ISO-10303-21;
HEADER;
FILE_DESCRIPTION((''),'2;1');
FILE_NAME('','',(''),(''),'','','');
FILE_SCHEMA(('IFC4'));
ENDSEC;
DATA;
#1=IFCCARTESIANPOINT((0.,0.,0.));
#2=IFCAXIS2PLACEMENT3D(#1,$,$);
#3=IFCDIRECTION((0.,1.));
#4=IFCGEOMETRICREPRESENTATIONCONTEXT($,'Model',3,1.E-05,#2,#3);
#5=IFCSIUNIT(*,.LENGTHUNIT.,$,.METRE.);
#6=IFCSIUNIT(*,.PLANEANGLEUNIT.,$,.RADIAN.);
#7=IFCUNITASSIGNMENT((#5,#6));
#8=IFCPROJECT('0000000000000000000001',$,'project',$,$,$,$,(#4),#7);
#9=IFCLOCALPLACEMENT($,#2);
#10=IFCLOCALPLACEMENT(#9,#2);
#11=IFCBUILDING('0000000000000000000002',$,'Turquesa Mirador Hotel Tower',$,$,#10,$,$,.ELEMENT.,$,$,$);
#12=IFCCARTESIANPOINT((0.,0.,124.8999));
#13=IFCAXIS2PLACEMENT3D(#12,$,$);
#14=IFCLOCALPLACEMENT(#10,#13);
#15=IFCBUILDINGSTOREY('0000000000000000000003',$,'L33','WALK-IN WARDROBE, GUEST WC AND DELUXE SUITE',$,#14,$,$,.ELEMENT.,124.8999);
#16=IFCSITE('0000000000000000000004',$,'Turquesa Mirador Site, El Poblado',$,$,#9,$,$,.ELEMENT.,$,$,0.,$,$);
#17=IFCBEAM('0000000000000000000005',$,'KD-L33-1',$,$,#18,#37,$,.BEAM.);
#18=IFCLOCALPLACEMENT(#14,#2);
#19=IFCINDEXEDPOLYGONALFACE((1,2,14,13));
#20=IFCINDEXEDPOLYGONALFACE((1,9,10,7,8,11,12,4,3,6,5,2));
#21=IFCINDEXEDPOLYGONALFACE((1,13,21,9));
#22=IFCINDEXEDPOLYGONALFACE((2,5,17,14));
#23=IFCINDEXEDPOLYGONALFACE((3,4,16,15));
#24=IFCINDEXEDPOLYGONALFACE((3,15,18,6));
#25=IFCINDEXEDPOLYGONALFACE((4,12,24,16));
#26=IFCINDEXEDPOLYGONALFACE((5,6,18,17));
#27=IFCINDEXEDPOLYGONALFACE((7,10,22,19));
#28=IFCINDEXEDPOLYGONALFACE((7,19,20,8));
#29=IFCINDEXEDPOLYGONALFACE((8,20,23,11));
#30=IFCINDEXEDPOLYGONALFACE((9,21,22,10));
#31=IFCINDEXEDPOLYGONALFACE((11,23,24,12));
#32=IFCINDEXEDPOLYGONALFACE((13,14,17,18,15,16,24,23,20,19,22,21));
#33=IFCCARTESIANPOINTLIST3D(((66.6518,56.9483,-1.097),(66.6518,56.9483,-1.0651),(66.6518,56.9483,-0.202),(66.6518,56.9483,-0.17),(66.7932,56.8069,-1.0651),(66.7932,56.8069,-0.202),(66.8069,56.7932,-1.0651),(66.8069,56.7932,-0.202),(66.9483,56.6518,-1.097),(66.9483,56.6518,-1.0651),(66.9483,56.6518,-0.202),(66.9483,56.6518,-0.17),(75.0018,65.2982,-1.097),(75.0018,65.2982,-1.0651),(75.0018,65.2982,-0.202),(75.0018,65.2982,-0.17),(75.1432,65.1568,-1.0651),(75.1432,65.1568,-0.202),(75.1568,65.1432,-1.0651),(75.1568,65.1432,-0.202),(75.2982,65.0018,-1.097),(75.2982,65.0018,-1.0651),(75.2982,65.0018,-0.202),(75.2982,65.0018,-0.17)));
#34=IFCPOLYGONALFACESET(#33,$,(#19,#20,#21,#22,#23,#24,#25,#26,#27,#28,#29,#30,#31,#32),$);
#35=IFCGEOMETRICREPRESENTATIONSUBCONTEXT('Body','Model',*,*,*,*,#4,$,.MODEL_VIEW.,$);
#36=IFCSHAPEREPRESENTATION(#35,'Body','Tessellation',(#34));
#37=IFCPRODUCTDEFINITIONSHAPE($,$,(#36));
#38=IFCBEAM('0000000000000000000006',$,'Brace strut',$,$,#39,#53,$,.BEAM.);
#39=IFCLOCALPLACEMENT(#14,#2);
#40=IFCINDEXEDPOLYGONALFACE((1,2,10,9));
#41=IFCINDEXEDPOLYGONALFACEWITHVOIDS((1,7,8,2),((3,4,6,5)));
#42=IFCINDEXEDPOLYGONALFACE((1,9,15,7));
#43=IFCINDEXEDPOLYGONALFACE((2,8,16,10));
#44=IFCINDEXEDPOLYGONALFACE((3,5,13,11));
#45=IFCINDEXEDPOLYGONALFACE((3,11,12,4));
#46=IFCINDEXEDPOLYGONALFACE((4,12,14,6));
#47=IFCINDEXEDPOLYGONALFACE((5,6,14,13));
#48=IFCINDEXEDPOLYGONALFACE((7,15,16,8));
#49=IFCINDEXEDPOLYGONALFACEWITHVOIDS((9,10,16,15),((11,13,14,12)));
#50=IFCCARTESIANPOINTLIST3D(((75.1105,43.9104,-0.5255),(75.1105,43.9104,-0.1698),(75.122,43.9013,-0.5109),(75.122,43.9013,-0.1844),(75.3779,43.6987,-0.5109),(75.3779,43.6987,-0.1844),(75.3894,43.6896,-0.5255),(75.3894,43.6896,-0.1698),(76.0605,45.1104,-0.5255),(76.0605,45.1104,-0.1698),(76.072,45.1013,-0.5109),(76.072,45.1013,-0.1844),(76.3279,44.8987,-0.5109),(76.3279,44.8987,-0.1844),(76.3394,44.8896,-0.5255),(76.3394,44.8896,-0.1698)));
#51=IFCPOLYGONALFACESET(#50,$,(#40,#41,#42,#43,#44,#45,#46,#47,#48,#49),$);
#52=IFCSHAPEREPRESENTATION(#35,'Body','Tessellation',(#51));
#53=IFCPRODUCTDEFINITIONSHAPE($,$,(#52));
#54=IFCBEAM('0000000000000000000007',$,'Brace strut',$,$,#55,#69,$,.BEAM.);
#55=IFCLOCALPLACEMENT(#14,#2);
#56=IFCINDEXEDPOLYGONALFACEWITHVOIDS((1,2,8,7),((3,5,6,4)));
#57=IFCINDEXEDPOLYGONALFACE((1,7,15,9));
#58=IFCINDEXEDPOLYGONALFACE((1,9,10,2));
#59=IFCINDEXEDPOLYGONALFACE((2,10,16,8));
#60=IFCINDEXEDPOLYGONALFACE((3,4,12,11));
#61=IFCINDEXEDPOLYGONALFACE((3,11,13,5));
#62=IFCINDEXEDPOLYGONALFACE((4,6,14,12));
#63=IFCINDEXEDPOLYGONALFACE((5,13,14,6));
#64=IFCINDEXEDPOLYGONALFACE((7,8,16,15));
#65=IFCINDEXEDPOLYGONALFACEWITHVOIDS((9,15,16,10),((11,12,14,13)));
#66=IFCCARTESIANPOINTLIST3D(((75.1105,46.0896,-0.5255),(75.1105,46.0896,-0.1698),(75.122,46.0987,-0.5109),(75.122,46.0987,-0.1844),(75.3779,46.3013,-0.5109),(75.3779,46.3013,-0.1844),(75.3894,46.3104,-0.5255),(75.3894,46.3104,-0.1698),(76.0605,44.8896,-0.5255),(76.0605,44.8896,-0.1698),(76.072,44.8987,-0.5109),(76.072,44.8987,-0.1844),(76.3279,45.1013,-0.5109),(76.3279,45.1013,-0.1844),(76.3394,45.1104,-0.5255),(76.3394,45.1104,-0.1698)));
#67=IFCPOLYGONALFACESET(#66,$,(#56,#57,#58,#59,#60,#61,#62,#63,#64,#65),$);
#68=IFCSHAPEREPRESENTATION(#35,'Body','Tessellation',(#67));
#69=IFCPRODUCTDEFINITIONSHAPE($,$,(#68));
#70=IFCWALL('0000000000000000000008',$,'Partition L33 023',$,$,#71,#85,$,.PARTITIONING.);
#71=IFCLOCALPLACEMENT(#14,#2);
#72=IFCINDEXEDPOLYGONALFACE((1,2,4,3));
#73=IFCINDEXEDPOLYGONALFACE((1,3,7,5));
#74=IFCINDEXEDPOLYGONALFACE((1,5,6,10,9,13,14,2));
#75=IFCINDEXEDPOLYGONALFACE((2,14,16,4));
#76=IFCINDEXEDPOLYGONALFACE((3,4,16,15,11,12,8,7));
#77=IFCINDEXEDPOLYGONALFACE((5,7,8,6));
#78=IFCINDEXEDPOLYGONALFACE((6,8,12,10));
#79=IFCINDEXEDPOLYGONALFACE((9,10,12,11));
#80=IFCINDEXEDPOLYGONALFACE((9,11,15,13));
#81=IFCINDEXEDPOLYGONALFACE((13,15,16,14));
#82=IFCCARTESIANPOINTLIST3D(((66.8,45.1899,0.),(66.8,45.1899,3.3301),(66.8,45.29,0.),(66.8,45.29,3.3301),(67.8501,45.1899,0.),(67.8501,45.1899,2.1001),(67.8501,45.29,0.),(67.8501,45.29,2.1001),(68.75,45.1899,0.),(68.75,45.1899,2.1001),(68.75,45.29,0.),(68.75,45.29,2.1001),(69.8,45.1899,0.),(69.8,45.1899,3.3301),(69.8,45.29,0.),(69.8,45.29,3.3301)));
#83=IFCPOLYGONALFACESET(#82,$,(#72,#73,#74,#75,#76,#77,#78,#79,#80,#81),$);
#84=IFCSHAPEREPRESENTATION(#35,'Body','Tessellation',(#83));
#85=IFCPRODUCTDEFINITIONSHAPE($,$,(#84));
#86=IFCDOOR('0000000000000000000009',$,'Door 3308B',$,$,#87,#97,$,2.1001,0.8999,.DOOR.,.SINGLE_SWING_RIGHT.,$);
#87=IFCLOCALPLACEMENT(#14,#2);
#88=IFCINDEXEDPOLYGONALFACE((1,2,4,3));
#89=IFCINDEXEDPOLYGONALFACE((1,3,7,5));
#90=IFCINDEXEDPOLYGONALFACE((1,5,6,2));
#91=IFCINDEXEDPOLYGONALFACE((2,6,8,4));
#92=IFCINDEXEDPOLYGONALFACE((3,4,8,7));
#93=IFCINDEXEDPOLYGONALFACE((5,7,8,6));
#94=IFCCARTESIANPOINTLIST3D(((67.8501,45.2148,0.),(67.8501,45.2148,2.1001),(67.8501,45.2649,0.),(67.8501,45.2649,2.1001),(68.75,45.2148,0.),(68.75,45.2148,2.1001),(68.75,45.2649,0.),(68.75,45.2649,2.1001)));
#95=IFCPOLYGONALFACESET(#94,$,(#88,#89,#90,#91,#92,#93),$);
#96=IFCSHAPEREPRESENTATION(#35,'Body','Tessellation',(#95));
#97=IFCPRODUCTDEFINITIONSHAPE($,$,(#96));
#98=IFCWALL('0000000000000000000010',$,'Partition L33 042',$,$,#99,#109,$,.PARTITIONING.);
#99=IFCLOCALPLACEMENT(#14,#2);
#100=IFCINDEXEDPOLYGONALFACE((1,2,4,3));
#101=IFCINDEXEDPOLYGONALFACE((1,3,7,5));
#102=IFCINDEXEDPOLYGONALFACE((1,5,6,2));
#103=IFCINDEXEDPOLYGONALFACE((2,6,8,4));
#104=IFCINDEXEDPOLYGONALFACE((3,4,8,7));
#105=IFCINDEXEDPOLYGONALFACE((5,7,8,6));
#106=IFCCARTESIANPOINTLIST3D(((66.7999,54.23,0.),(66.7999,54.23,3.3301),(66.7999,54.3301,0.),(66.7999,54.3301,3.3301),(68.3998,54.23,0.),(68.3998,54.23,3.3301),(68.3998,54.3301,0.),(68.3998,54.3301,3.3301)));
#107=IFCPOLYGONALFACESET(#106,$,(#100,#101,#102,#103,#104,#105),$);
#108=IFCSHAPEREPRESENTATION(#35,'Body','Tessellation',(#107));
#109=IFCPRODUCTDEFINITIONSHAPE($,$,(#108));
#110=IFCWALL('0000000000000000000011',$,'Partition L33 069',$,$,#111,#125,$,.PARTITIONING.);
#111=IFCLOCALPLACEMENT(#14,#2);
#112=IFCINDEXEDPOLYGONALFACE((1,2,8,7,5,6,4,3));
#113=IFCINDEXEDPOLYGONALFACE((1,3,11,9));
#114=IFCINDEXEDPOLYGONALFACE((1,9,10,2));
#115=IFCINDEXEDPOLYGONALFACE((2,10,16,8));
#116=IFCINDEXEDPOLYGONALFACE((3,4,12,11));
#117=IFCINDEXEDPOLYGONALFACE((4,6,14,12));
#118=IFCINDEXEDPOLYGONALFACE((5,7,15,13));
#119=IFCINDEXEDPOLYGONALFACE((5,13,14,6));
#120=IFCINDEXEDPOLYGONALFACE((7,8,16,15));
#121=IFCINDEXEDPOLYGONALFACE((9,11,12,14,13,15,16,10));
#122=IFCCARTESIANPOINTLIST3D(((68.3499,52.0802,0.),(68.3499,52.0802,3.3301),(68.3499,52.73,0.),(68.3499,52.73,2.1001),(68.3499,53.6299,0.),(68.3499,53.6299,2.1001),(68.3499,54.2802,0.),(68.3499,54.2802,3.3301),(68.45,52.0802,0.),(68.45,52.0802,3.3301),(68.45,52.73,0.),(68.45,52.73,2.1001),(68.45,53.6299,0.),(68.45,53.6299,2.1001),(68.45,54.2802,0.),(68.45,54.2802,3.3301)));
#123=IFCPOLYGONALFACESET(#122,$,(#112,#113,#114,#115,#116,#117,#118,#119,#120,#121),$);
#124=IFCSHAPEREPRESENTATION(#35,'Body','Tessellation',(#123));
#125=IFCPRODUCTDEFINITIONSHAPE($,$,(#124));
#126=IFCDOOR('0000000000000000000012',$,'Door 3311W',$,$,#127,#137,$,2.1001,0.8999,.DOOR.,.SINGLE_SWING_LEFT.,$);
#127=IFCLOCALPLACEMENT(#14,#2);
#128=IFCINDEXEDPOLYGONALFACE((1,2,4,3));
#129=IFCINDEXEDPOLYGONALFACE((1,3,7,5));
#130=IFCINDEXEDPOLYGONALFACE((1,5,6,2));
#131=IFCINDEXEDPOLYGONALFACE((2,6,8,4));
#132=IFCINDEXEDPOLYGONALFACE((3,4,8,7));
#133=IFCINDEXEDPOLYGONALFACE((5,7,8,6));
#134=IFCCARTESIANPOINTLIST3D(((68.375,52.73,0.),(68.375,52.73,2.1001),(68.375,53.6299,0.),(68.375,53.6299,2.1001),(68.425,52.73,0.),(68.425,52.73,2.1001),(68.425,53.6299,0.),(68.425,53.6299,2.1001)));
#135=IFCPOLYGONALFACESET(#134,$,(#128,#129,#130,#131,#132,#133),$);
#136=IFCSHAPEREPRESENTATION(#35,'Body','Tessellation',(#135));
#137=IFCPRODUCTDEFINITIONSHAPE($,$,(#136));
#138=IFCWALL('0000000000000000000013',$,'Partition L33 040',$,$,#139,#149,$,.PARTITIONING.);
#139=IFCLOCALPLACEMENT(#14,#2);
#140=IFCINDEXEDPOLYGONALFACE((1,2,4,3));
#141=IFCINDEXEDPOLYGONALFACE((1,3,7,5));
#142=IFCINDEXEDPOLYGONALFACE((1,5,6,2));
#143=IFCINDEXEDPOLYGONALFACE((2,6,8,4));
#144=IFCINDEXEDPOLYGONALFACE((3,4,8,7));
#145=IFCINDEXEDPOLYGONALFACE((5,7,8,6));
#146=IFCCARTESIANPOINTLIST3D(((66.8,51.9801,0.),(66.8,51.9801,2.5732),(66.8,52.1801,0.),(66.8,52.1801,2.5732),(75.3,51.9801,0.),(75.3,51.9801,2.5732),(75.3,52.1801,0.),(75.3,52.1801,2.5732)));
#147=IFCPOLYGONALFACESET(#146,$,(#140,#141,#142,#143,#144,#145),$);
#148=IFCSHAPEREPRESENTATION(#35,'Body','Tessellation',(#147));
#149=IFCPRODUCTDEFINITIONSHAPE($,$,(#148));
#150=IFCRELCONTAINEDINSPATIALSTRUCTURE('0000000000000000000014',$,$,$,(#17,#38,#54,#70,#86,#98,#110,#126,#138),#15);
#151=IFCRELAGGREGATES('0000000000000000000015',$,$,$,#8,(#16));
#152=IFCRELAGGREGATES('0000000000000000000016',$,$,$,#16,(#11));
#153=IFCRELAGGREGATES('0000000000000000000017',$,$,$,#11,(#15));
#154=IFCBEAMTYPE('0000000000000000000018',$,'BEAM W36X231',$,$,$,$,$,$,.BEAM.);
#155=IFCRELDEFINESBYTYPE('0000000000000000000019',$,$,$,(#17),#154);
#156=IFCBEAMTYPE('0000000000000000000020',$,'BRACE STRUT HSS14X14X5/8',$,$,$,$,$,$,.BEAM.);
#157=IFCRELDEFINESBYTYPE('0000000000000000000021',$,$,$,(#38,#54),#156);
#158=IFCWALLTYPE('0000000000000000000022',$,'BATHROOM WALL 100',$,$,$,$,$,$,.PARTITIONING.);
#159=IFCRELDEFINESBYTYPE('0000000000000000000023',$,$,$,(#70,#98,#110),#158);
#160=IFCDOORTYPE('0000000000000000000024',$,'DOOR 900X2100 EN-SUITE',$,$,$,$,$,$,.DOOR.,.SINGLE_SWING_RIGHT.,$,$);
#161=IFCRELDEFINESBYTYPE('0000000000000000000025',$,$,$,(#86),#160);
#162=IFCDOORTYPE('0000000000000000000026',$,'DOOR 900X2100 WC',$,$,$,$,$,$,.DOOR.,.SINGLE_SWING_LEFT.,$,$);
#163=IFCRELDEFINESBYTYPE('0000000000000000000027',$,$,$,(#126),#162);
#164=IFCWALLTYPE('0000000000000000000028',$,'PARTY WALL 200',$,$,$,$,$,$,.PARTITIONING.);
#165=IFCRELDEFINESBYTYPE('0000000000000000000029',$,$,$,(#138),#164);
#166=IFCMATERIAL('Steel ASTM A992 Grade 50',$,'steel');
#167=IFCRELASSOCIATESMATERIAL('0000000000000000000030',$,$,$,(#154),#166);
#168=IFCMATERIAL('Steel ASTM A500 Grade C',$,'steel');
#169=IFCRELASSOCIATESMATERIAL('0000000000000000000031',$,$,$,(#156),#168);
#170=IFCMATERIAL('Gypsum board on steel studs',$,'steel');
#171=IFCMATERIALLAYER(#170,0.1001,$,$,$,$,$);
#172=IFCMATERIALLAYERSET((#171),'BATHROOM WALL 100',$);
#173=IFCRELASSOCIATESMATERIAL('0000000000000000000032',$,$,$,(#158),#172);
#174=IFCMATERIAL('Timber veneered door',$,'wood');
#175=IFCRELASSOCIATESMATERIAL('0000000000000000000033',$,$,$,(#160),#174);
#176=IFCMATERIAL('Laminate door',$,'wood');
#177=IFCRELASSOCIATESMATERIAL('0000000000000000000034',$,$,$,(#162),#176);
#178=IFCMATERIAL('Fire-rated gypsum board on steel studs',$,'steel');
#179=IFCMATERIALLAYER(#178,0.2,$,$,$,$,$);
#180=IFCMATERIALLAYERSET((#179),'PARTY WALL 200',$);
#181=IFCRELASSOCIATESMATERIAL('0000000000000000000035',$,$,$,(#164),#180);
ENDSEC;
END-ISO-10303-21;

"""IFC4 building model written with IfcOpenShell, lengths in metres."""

from ifc_helpers import new_model, si_unit, direction, frame, frame_2d, origin, origin_2d, place, context, subcontext, project, spatial, rectangle, hollow_rectangle, i_section, extrude, material, layer, layer_set, material_profile, profile_set, type_object, element, fill, save


model = new_model("IFC4")

# Units and contexts
model_context = context("Model", 3, precision=1e-05, world=origin(), true_north=direction((0.0, 1.0)))
body_context = subcontext(model_context, "Body", "Model", "MODEL_VIEW")
ifc_project = project(units=[si_unit("LENGTHUNIT", "METRE"), si_unit("PLANEANGLEUNIT", "RADIAN")], contexts=[model_context])

# Site, building, storey
site_placement = place(None, origin())
site = spatial("IfcSite", under=ifc_project, at=site_placement, Name="Turquesa Mirador Site, El Poblado", CompositionType="ELEMENT", RefElevation=0.0)
building_placement = place(site_placement, origin())
building = spatial("IfcBuilding", under=site, at=building_placement, Name="Turquesa Mirador Hotel Tower", CompositionType="ELEMENT")
storey_placement = place(building_placement, frame((0.0, 0.0, 124.8999)))
storey = spatial("IfcBuildingStorey", under=building, at=storey_placement, Name="L33", Description="WALK-IN WARDROBE, GUEST WC AND DELUXE SUITE", CompositionType="ELEMENT", Elevation=124.8999)

# Beams
ifc_material_1 = material(Name="Steel ASTM A992 Grade 50", Category="steel")
ifc_material_profile_1 = material_profile(ifc_material_1, i_section(OverallWidth=0.4192, OverallDepth=0.927, WebThickness=0.0193, FlangeThickness=0.032, at=origin_2d()), Name="W36X231")
ifc_profile_set_1 = profile_set([ifc_material_profile_1], Name="Steel ASTM A992 Grade 50")
beam_type_1 = type_object("IfcBeamType", Name="BEAM W36X231", PredefinedType="BEAM", material=ifc_profile_set_1)
beam_1_placement = place(storey_placement, frame((66.8, 56.8, -0.6335), z_axis=(0.707107, 0.707107, 0.0), x_axis=(-0.707107, 0.707107, 0.0)))
element("IfcBeam", 1, at=beam_1_placement, inside=storey, type_object=beam_type_1, Name="KD-L33-1", PredefinedType="BEAM", context=body_context, shape_type="SweptSolid", body=[
    extrude(i_section(OverallWidth=0.4192, OverallDepth=0.927, WebThickness=0.0193, FlangeThickness=0.032, at=origin_2d()), origin(), (0.0, 0.0, 1.0), 11.8086),
])
ifc_material_2 = material(Name="Steel ASTM A500 Grade C", Category="steel")
ifc_material_profile_2 = material_profile(ifc_material_2, hollow_rectangle(XDim=0.3557, YDim=0.3557, WallThickness=0.0146, at=origin_2d()), Name="HSS14X14X5/8")
ifc_profile_set_2 = profile_set([ifc_material_profile_2], Name="Steel ASTM A500 Grade C")
beam_type_2 = type_object("IfcBeamType", Name="BRACE STRUT HSS14X14X5/8", PredefinedType="BEAM", material=ifc_profile_set_2)
for number, where, z_axis, x_axis, name in (
    (2, (76.2, 45.0, -0.3477), (-0.620699, -0.784049, 0.0), (0.784049, -0.620699, 0.0), "Brace strut"),
    (3, (76.2, 45.0, -0.3477), (-0.620699, 0.784049, 0.0), (-0.784049, -0.620699, 0.0), "Brace strut"),
):
    element("IfcBeam", number, at=place(storey_placement, frame(where, z_axis=z_axis, x_axis=x_axis)), inside=storey, type_object=beam_type_2, Name=name, PredefinedType="BEAM", context=body_context, shape_type="SweptSolid", body=[
        extrude(hollow_rectangle(XDim=0.3557, YDim=0.3557, WallThickness=0.0146, at=origin_2d()), origin(), (0.0, 0.0, 1.0), 1.5305),
    ])

# Wall, opening, door
ifc_material_3 = material(Name="Gypsum board on steel studs", Category="steel")
ifc_layer_1 = layer(ifc_material_3, 0.1001)
ifc_layer_set_1 = layer_set([ifc_layer_1], Name="BATHROOM WALL 100")
wall_type_1 = type_object("IfcWallType", Name="BATHROOM WALL 100", PredefinedType="PARTITIONING", material=ifc_layer_set_1)
wall_1_placement = place(storey_placement, frame((66.8, 45.24, 0.0), z_axis=(0.0, 0.0, 1.0), x_axis=(1.0, 0.0, 0.0)))
wall_1 = element("IfcWall", 4, at=wall_1_placement, inside=storey, type_object=wall_type_1, Name="Partition L33 023", PredefinedType="PARTITIONING", context=body_context, shape_type="SweptSolid", body=[
    extrude(rectangle(XDim=3.0, YDim=0.1001, at=frame_2d((1.5, 0.0))), origin(), (0.0, 0.0, 1.0), 3.3301),
])
opening_1_placement = place(wall_1_placement, frame((1.05, 0.0, 0.0)))
opening_1 = element("IfcOpeningElement", 5, at=opening_1_placement, cuts=wall_1, PredefinedType="OPENING", context=body_context, shape_type="SweptSolid", body=[
    extrude(rectangle(XDim=0.8999, YDim=2.1001, at=frame_2d((0.45, 1.05))), frame((0.0, 0.0601, 0.0), z_axis=(0.0, -1.0, 0.0), x_axis=(1.0, 0.0, 0.0)), (0.0, 0.0, 1.0), 0.1201),
])
ifc_material_4 = material(Name="Timber veneered door", Category="wood")
door_type_1 = type_object("IfcDoorType", Name="DOOR 900X2100 EN-SUITE", OperationType="SINGLE_SWING_RIGHT", PredefinedType="DOOR", material=ifc_material_4)
door_1_placement = place(opening_1_placement, origin())
door_1 = element("IfcDoor", 6, at=door_1_placement, inside=storey, type_object=door_type_1, Name="Door 3308B", OperationType="SINGLE_SWING_RIGHT", OverallHeight=2.1001, OverallWidth=0.8999, PredefinedType="DOOR", context=body_context, shape_type="SweptSolid", body=[
    extrude(rectangle(XDim=0.8999, YDim=2.1001, at=frame_2d((0.45, 1.05))), frame((0.0, 0.0249, 0.0), z_axis=(0.0, -1.0, 0.0), x_axis=(1.0, 0.0, 0.0)), (0.0, 0.0, 1.0), 0.05),
])
fill(opening_1, door_1)

# Wall
wall_2_placement = place(storey_placement, frame((66.8, 54.28, 0.0), z_axis=(0.0, 0.0, 1.0), x_axis=(1.0, 0.0, 0.0)))
element("IfcWall", 7, at=wall_2_placement, inside=storey, type_object=wall_type_1, Name="Partition L33 042", PredefinedType="PARTITIONING", context=body_context, shape_type="SweptSolid", body=[
    extrude(rectangle(XDim=1.5999, YDim=0.1001, at=frame_2d((0.7998, 0.0))), origin(), (0.0, 0.0, 1.0), 3.3301),
])

# Wall, opening, door
wall_3_placement = place(storey_placement, frame((68.3999, 52.0801, 0.0), z_axis=(0.0, 0.0, 1.0), x_axis=(0.0, 1.0, 0.0)))
wall_3 = element("IfcWall", 8, at=wall_3_placement, inside=storey, type_object=wall_type_1, Name="Partition L33 069", PredefinedType="PARTITIONING", context=body_context, shape_type="SweptSolid", body=[
    extrude(rectangle(XDim=2.2, YDim=0.1001, at=frame_2d((1.1001, 0.0))), origin(), (0.0, 0.0, 1.0), 3.3301),
])
opening_2_placement = place(wall_3_placement, frame((0.6499, 0.0, 0.0)))
opening_2 = element("IfcOpeningElement", 9, at=opening_2_placement, cuts=wall_3, PredefinedType="OPENING", context=body_context, shape_type="SweptSolid", body=[
    extrude(rectangle(XDim=0.8999, YDim=2.1001, at=frame_2d((0.45, 1.05))), frame((0.0, 0.0601, 0.0), z_axis=(0.0, -1.0, 0.0), x_axis=(1.0, 0.0, 0.0)), (0.0, 0.0, 1.0), 0.1201),
])
ifc_material_5 = material(Name="Laminate door", Category="wood")
door_type_2 = type_object("IfcDoorType", Name="DOOR 900X2100 WC", OperationType="SINGLE_SWING_LEFT", PredefinedType="DOOR", material=ifc_material_5)
door_2_placement = place(opening_2_placement, origin())
door_2 = element("IfcDoor", 10, at=door_2_placement, inside=storey, type_object=door_type_2, Name="Door 3311W", OperationType="SINGLE_SWING_LEFT", OverallHeight=2.1001, OverallWidth=0.8999, PredefinedType="DOOR", context=body_context, shape_type="SweptSolid", body=[
    extrude(rectangle(XDim=0.8999, YDim=2.1001, at=frame_2d((0.45, 1.05))), frame((0.0, 0.0249, 0.0), z_axis=(0.0, -1.0, 0.0), x_axis=(1.0, 0.0, 0.0)), (0.0, 0.0, 1.0), 0.05),
])
fill(opening_2, door_2)

# Wall
ifc_material_6 = material(Name="Fire-rated gypsum board on steel studs", Category="steel")
ifc_layer_2 = layer(ifc_material_6, 0.2)
ifc_layer_set_2 = layer_set([ifc_layer_2], Name="PARTY WALL 200")
wall_type_2 = type_object("IfcWallType", Name="PARTY WALL 200", PredefinedType="PARTITIONING", material=ifc_layer_set_2)
wall_4_placement = place(storey_placement, frame((66.8, 52.0801, 0.0), z_axis=(0.0, 0.0, 1.0), x_axis=(1.0, 0.0, 0.0)))
element("IfcWall", 11, at=wall_4_placement, inside=storey, type_object=wall_type_2, Name="Partition L33 040", PredefinedType="PARTITIONING", context=body_context, shape_type="SweptSolid", body=[
    extrude(rectangle(XDim=8.5, YDim=0.2, at=frame_2d((4.25, 0.0))), origin(), (0.0, 0.0, 1.0), 2.5732),
])

save(model, "model.ifc")
